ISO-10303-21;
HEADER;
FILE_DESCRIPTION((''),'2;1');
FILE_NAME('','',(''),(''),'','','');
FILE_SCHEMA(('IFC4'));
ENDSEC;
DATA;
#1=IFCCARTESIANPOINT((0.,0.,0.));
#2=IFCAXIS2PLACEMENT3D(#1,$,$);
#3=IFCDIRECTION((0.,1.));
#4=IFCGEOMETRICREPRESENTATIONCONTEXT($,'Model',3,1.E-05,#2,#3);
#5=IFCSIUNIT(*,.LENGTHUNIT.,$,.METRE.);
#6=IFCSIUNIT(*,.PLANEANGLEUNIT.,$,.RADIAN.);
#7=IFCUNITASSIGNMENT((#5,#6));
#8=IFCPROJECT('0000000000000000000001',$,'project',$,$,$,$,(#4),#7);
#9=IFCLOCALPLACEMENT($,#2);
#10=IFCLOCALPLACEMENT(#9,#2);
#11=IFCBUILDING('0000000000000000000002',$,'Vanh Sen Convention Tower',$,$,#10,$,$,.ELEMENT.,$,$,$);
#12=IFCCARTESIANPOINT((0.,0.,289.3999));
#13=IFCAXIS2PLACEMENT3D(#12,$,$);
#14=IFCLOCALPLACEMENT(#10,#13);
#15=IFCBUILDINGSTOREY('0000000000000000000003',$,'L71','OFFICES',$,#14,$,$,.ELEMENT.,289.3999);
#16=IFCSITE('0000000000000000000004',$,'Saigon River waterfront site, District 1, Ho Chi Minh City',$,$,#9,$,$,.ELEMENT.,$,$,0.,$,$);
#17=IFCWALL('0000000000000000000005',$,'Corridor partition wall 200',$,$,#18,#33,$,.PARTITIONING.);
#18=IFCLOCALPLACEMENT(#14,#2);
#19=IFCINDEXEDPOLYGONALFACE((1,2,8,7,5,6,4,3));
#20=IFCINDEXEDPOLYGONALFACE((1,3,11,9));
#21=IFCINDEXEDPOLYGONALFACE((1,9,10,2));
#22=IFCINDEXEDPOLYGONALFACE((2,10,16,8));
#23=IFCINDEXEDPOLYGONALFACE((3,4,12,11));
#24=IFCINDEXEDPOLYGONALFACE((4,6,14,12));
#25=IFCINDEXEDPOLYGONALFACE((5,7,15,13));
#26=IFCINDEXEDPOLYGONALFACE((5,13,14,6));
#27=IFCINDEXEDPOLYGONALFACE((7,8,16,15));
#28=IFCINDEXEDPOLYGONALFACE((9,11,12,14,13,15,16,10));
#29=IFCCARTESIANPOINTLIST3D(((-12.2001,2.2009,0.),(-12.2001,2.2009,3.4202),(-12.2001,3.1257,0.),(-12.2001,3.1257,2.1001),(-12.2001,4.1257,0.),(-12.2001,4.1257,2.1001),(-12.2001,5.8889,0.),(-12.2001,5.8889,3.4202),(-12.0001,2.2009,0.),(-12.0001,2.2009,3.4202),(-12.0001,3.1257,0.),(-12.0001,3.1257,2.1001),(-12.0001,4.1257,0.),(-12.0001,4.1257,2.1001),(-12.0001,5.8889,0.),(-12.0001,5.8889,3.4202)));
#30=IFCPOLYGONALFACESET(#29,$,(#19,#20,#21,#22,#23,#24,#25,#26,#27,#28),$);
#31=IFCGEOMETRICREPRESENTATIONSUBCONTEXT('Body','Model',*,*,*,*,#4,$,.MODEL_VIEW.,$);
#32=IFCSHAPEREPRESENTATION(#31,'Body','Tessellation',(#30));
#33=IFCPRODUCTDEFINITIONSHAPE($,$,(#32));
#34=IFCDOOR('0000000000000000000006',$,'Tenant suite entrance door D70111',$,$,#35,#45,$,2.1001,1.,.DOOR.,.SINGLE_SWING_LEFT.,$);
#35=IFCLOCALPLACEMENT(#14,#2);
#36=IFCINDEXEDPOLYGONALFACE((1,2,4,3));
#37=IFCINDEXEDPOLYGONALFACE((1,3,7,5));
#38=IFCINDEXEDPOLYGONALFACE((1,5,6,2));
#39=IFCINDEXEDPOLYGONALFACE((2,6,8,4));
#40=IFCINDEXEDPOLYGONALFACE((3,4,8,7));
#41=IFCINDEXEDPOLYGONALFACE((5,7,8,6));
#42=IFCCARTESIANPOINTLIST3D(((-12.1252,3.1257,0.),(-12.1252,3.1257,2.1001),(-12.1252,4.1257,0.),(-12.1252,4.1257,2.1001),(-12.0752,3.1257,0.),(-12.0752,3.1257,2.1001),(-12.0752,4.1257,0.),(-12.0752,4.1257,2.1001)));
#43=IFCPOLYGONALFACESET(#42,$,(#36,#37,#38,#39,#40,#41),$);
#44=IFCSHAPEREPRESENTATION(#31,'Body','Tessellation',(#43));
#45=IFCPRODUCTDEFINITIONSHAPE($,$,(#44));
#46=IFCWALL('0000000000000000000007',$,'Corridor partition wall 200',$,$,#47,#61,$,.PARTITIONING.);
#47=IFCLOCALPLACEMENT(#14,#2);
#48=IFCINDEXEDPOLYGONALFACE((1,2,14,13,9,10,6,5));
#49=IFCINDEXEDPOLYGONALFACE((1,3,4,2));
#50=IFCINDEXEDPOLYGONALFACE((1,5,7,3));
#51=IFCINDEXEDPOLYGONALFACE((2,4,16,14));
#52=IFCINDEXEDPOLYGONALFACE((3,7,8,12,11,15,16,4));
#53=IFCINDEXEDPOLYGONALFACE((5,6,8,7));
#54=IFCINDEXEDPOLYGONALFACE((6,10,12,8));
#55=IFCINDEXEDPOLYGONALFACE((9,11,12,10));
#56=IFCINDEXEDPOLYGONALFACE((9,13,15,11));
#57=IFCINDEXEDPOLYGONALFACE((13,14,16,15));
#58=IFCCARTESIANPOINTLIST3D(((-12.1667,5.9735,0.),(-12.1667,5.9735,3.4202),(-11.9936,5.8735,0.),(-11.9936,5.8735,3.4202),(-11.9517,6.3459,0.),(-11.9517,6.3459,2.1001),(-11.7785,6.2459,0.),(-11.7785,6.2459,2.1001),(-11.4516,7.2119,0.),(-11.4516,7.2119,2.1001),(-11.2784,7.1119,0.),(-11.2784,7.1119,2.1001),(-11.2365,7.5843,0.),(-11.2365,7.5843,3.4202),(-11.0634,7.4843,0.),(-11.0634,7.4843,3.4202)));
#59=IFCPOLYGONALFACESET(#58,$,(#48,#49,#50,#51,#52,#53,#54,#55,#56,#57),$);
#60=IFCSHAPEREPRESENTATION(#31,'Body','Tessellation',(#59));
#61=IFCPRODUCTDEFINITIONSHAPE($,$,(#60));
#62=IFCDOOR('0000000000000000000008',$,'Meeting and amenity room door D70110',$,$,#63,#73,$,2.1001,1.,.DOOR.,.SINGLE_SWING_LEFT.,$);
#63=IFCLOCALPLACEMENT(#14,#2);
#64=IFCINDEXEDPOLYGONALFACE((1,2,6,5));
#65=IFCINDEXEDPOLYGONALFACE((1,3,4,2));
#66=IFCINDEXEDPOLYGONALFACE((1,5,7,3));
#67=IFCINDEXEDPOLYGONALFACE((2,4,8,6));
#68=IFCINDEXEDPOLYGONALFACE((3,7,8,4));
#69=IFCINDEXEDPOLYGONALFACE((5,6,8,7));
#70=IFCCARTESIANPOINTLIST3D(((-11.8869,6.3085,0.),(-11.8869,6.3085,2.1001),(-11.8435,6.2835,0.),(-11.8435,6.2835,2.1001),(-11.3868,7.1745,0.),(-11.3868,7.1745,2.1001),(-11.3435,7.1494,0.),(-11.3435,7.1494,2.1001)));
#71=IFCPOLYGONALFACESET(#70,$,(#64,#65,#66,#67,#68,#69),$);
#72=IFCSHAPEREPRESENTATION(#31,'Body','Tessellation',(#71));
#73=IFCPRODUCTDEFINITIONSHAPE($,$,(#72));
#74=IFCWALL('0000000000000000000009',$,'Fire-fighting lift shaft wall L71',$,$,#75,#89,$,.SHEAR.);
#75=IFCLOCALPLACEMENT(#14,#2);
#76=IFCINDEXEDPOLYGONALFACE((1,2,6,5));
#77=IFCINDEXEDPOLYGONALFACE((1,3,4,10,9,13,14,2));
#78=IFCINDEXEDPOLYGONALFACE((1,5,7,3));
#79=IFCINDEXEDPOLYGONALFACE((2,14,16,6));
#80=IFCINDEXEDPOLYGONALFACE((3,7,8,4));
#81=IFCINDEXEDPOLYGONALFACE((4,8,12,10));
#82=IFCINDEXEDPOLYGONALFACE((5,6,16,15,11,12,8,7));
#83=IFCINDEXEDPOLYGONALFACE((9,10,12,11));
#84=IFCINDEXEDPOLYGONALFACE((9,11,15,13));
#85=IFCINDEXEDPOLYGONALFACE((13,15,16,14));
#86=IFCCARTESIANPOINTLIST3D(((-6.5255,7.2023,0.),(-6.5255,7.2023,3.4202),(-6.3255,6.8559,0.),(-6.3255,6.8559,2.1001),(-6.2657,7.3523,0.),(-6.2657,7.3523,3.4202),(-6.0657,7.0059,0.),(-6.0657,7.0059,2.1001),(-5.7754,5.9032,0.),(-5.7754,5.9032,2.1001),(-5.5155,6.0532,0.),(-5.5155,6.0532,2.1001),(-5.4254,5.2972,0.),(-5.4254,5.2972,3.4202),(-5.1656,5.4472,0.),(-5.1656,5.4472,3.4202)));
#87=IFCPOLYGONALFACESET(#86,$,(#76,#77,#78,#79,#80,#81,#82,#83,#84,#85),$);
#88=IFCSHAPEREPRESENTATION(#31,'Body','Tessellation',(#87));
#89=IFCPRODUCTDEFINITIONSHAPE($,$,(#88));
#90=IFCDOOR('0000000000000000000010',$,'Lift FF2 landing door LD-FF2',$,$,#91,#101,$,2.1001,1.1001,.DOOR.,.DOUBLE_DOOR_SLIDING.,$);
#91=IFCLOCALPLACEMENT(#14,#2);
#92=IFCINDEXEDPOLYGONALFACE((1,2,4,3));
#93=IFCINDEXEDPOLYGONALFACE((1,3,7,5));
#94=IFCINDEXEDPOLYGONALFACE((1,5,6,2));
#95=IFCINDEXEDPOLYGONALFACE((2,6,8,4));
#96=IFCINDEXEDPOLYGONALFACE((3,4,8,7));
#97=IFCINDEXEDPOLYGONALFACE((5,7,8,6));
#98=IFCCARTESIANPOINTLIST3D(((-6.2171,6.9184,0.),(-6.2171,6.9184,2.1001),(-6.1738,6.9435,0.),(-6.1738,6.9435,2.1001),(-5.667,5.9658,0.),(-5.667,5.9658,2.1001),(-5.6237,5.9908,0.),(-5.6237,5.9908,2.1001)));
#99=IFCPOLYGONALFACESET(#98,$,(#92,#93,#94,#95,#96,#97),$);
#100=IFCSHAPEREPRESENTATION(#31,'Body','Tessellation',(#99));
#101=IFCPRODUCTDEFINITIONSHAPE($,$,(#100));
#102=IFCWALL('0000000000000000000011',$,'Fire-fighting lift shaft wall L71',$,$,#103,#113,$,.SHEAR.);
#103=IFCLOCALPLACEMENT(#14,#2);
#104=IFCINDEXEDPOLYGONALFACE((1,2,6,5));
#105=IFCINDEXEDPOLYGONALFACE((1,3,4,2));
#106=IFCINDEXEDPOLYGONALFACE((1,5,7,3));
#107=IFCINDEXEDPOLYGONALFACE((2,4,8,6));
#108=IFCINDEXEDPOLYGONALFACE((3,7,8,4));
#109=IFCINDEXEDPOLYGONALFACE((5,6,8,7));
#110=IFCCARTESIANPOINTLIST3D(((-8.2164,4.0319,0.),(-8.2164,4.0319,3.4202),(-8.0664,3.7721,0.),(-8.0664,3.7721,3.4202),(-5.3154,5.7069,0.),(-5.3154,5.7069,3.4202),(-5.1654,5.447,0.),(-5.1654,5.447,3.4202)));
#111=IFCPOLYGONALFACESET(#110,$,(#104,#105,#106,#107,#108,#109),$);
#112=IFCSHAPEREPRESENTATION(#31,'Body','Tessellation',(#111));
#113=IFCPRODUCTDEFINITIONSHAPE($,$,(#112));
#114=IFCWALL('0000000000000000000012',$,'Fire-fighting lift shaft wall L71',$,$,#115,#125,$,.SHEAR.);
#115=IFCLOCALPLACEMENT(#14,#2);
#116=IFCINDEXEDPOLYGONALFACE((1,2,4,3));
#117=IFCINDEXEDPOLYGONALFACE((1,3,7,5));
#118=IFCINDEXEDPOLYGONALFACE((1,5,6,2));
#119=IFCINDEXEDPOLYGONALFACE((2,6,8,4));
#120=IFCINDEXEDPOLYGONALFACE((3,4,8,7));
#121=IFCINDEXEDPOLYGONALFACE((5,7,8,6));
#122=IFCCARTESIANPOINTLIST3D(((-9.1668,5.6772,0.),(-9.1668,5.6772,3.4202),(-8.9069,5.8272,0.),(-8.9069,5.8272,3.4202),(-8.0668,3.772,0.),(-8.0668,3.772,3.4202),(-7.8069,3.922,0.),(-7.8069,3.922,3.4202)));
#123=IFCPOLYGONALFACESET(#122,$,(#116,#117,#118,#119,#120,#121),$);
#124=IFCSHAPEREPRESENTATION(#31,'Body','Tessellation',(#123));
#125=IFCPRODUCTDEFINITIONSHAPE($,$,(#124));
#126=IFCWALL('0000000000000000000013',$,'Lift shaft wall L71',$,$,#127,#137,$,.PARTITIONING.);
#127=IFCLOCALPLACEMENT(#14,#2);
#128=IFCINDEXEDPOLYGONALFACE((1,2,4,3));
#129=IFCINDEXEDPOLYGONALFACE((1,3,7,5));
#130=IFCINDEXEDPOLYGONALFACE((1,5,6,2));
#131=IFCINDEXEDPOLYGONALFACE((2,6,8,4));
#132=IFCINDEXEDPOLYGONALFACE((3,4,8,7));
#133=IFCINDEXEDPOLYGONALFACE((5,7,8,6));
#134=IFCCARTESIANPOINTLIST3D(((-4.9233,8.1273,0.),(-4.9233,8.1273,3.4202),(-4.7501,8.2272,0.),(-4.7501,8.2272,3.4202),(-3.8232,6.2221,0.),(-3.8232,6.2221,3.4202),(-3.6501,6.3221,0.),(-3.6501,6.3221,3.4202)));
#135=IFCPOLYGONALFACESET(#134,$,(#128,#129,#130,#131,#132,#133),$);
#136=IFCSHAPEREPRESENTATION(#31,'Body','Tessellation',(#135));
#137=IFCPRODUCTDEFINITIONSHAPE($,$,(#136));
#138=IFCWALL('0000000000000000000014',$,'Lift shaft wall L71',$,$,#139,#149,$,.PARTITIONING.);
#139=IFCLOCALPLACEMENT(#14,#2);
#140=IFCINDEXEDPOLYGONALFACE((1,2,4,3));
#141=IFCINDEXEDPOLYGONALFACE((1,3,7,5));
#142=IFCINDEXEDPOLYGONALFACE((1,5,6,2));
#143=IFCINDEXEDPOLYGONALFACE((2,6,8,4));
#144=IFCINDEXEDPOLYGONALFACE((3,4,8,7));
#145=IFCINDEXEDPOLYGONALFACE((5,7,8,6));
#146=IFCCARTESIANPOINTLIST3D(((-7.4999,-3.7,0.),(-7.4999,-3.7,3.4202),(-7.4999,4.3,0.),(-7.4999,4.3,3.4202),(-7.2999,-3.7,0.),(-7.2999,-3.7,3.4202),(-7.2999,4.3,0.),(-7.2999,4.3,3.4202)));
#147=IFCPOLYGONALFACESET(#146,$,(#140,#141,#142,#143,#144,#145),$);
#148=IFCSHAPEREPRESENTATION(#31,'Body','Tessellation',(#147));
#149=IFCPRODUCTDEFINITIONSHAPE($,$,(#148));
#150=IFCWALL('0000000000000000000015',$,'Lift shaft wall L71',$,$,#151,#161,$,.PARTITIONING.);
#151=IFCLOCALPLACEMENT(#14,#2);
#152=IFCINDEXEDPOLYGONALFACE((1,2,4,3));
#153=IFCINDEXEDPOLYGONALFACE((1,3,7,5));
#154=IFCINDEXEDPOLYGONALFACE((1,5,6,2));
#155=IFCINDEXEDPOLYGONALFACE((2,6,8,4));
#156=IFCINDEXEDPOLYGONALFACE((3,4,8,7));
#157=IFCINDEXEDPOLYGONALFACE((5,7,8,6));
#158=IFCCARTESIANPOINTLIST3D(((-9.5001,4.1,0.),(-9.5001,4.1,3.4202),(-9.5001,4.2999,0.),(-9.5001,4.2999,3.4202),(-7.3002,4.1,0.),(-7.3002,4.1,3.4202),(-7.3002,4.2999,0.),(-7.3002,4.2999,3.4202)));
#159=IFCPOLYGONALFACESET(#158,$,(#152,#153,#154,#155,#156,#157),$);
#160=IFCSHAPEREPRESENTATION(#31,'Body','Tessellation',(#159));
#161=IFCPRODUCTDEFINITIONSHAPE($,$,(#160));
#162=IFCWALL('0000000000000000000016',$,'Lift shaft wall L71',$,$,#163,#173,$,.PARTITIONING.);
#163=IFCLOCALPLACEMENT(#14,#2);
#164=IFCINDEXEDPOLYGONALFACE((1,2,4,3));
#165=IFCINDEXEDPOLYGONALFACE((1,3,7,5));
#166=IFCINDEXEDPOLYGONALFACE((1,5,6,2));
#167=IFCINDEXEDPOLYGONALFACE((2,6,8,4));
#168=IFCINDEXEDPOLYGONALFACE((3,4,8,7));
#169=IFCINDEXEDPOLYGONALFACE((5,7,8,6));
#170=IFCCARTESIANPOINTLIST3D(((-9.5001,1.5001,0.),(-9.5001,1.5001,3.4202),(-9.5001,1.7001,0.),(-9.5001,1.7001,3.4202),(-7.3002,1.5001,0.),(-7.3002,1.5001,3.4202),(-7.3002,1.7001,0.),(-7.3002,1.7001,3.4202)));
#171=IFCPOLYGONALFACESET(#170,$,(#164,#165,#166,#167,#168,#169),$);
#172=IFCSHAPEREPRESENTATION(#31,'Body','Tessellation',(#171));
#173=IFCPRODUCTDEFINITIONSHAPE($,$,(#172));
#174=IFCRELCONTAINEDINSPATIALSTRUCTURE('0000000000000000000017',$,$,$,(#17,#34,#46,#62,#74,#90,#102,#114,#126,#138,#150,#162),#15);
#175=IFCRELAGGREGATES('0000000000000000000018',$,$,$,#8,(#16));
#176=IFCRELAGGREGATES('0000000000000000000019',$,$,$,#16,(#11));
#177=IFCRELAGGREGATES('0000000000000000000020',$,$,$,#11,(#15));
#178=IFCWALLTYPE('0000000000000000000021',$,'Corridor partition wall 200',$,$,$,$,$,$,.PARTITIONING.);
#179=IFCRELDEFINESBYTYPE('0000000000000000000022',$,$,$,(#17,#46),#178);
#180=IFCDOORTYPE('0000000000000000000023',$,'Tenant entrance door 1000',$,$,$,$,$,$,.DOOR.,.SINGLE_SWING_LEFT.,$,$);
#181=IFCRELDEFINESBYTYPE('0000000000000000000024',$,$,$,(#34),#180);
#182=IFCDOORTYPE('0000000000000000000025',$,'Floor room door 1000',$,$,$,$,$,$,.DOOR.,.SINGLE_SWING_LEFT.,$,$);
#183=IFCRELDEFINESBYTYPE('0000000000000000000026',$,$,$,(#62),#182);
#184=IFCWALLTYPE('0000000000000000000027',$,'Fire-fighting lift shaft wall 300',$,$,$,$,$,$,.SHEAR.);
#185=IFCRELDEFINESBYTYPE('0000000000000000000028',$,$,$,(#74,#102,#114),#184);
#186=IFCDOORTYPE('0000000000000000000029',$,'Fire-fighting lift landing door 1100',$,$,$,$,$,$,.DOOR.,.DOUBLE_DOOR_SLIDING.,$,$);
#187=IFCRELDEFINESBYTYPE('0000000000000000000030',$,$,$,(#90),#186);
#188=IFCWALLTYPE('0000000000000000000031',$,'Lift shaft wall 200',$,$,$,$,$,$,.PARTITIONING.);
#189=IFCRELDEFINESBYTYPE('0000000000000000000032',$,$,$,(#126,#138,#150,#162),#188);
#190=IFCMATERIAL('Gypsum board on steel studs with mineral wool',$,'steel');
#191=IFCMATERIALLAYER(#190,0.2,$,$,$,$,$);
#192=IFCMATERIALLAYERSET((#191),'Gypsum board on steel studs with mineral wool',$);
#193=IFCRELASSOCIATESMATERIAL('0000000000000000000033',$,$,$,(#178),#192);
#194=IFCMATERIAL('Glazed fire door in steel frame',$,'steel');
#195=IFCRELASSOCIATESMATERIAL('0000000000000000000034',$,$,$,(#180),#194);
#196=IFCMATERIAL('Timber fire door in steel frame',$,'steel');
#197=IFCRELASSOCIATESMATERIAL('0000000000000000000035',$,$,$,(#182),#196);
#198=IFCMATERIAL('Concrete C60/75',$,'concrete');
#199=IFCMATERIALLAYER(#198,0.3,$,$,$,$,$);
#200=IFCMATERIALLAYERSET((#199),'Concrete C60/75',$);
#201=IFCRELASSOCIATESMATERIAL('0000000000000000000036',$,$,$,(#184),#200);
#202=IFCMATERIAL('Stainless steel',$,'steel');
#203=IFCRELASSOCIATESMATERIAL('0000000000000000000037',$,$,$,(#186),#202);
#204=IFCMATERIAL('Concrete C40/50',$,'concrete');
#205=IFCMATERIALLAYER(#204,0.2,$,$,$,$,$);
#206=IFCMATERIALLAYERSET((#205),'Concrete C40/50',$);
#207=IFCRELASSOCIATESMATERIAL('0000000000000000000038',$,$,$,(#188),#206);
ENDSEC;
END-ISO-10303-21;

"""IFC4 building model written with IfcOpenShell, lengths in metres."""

from ifc_helpers import new_model, si_unit, direction, frame, frame_2d, origin, place, context, subcontext, project, spatial, rectangle, extrude, material, layer, layer_set, type_object, element, fill, save


model = new_model("IFC4")

# Units and contexts
model_context = context("Model", 3, precision=1e-05, world=origin(), true_north=direction((0.0, 1.0)))
body_context = subcontext(model_context, "Body", "Model", "MODEL_VIEW")
ifc_project = project(units=[si_unit("LENGTHUNIT", "METRE"), si_unit("PLANEANGLEUNIT", "RADIAN")], contexts=[model_context])

# Site, building, storey
site_placement = place(None, origin())
site = spatial("IfcSite", under=ifc_project, at=site_placement, Name="Saigon River waterfront site, District 1, Ho Chi Minh City", CompositionType="ELEMENT", RefElevation=0.0)
building_placement = place(site_placement, origin())
building = spatial("IfcBuilding", under=site, at=building_placement, Name="Vanh Sen Convention Tower", CompositionType="ELEMENT")
storey_placement = place(building_placement, frame((0.0, 0.0, 289.3999)))
storey = spatial("IfcBuildingStorey", under=building, at=storey_placement, Name="L71", Description="OFFICES", CompositionType="ELEMENT", Elevation=289.3999)

# Shared definitions
ifc_material_1 = material(Name="Concrete C40/50", Category="concrete")

# Shared definitions
ifc_material_2 = material(Name="Concrete C60/75", Category="concrete")
ifc_material_3 = material(Name="Stainless steel", Category="steel")

# Shared definitions
ifc_material_4 = material(Name="Gypsum board on steel studs with mineral wool", Category="steel")
ifc_layer_1 = layer(ifc_material_4, 0.2)
ifc_layer_set_1 = layer_set([ifc_layer_1], Name="Gypsum board on steel studs with mineral wool")
wall_type_1 = type_object("IfcWallType", Name="Corridor partition wall 200", PredefinedType="PARTITIONING", material=ifc_layer_set_1)

# Walls, openings, doors
wall_1_placement = place(storey_placement, frame((-12.1001, 5.8889, 0.0), z_axis=(0.0, 0.0, 1.0), x_axis=(0.0, -1.0, 0.0)))
wall_1 = element("IfcWall", 1, at=wall_1_placement, inside=storey, type_object=wall_type_1, Name="Corridor partition wall 200", PredefinedType="PARTITIONING", context=body_context, shape_type="SweptSolid", body=[
    extrude(rectangle(XDim=3.688, YDim=0.2, at=frame_2d((1.844, 0.0))), origin(), (0.0, 0.0, 1.0), 3.4202),
])
opening_1_placement = place(wall_1_placement, frame((1.7632, 0.0, 0.0)))
opening_1 = element("IfcOpeningElement", 2, at=opening_1_placement, cuts=wall_1, PredefinedType="OPENING", context=body_context, shape_type="SweptSolid", body=[
    extrude(rectangle(XDim=1.0, YDim=2.1001, at=frame_2d((0.5, 1.05))), frame((0.0, 0.1099, 0.0), z_axis=(0.0, -1.0, 0.0), x_axis=(1.0, 0.0, 0.0)), (0.0, 0.0, 1.0), 0.22),
])
ifc_material_5 = material(Name="Glazed fire door in steel frame", Category="steel")
door_type_1 = type_object("IfcDoorType", Name="Tenant entrance door 1000", OperationType="SINGLE_SWING_LEFT", PredefinedType="DOOR", material=ifc_material_5)
door_1_placement = place(opening_1_placement, origin())
door_1 = element("IfcDoor", 3, at=door_1_placement, inside=storey, type_object=door_type_1, Name="Tenant suite entrance door D70111", OperationType="SINGLE_SWING_LEFT", OverallHeight=2.1001, OverallWidth=1.0, PredefinedType="DOOR", context=body_context, shape_type="SweptSolid", body=[
    extrude(rectangle(XDim=1.0, YDim=2.1001, at=frame_2d((0.5, 1.05))), frame((0.0, 0.0249, 0.0), z_axis=(0.0, -1.0, 0.0), x_axis=(1.0, 0.0, 0.0)), (0.0, 0.0, 1.0), 0.05),
])
fill(opening_1, door_1)
wall_2_placement = place(storey_placement, frame((-11.1499, 7.5344, 0.0), z_axis=(0.0, 0.0, 1.0), x_axis=(-0.500063, -0.865989, 0.0)))
wall_2 = element("IfcWall", 4, at=wall_2_placement, inside=storey, type_object=wall_type_1, Name="Corridor partition wall 200", PredefinedType="PARTITIONING", context=body_context, shape_type="SweptSolid", body=[
    extrude(rectangle(XDim=1.8601, YDim=0.2, at=frame_2d((0.9302, 0.0))), origin(), (0.0, 0.0, 1.0), 3.4202),
])
opening_2_placement = place(wall_2_placement, frame((0.4302, 0.0, 0.0)))
opening_2 = element("IfcOpeningElement", 5, at=opening_2_placement, cuts=wall_2, PredefinedType="OPENING", context=body_context, shape_type="SweptSolid", body=[
    extrude(rectangle(XDim=1.0, YDim=2.1001, at=frame_2d((0.5, 1.05))), frame((0.0, 0.1099, 0.0), z_axis=(0.0, -1.0, 0.0), x_axis=(1.0, 0.0, 0.0)), (0.0, 0.0, 1.0), 0.22),
])
ifc_material_6 = material(Name="Timber fire door in steel frame", Category="steel")
door_type_2 = type_object("IfcDoorType", Name="Floor room door 1000", OperationType="SINGLE_SWING_LEFT", PredefinedType="DOOR", material=ifc_material_6)
door_2_placement = place(opening_2_placement, origin())
door_2 = element("IfcDoor", 6, at=door_2_placement, inside=storey, type_object=door_type_2, Name="Meeting and amenity room door D70110", OperationType="SINGLE_SWING_LEFT", OverallHeight=2.1001, OverallWidth=1.0, PredefinedType="DOOR", context=body_context, shape_type="SweptSolid", body=[
    extrude(rectangle(XDim=1.0, YDim=2.1001, at=frame_2d((0.5, 1.05))), frame((0.0, 0.0249, 0.0), z_axis=(0.0, -1.0, 0.0), x_axis=(1.0, 0.0, 0.0)), (0.0, 0.0, 1.0), 0.05),
])
fill(opening_2, door_2)
ifc_layer_2 = layer(ifc_material_2, 0.3)
ifc_layer_set_2 = layer_set([ifc_layer_2], Name="Concrete C60/75")
wall_type_2 = type_object("IfcWallType", Name="Fire-fighting lift shaft wall 300", PredefinedType="SHEAR", material=ifc_layer_set_2)
wall_3_placement = place(storey_placement, frame((-5.2954, 5.3721, 0.0), z_axis=(0.0, 0.0, 1.0), x_axis=(-0.500078, 0.86598, 0.0)))
wall_3 = element("IfcWall", 7, at=wall_3_placement, inside=storey, type_object=wall_type_2, Name="Fire-fighting lift shaft wall L71", PredefinedType="SHEAR", context=body_context, shape_type="SweptSolid", body=[
    extrude(rectangle(XDim=2.2, YDim=0.3, at=frame_2d((1.1001, 0.0))), origin(), (0.0, 0.0, 1.0), 3.4202),
])
opening_3_placement = place(wall_3_placement, frame((0.7, 0.0, 0.0)))
opening_3 = element("IfcOpeningElement", 8, at=opening_3_placement, cuts=wall_3, PredefinedType="OPENING", context=body_context, shape_type="SweptSolid", body=[
    extrude(rectangle(XDim=1.1001, YDim=2.1001, at=frame_2d((0.55, 1.05))), frame((0.0, 0.1599, 0.0), z_axis=(0.0, -1.0, 0.0), x_axis=(1.0, 0.0, 0.0)), (0.0, 0.0, 1.0), 0.3201),
])
door_type_3 = type_object("IfcDoorType", Name="Fire-fighting lift landing door 1100", OperationType="DOUBLE_DOOR_SLIDING", PredefinedType="DOOR", material=ifc_material_3)
door_3_placement = place(opening_3_placement, origin())
door_3 = element("IfcDoor", 9, at=door_3_placement, inside=storey, type_object=door_type_3, Name="Lift FF2 landing door LD-FF2", OperationType="DOUBLE_DOOR_SLIDING", OverallHeight=2.1001, OverallWidth=1.1001, PredefinedType="DOOR", context=body_context, shape_type="SweptSolid", body=[
    extrude(rectangle(XDim=1.1001, YDim=2.1001, at=frame_2d((0.55, 1.05))), frame((0.0, 0.0249, 0.0), z_axis=(0.0, -1.0, 0.0), x_axis=(1.0, 0.0, 0.0)), (0.0, 0.0, 1.0), 0.05),
])
fill(opening_3, door_3)

# Walls
wall_4_placement = place(storey_placement, frame((-5.2405, 5.5769, 0.0), z_axis=(0.0, 0.0, 1.0), x_axis=(-0.866014, -0.500019, 0.0)))
element("IfcWall", 10, at=wall_4_placement, inside=storey, type_object=wall_type_2, Name="Fire-fighting lift shaft wall L71", PredefinedType="SHEAR", context=body_context, shape_type="SweptSolid", body=[
    extrude(rectangle(XDim=3.3499, YDim=0.3, at=frame_2d((1.6748, 0.0))), origin(), (0.0, 0.0, 1.0), 3.4202),
])
wall_5_placement = place(storey_placement, frame((-7.9368, 3.8469, 0.0), z_axis=(0.0, 0.0, 1.0), x_axis=(-0.50003, 0.866008, 0.0)))
element("IfcWall", 11, at=wall_5_placement, inside=storey, type_object=wall_type_2, Name="Fire-fighting lift shaft wall L71", PredefinedType="SHEAR", context=body_context, shape_type="SweptSolid", body=[
    extrude(rectangle(XDim=2.2, YDim=0.3, at=frame_2d((1.1001, 0.0))), origin(), (0.0, 0.0, 1.0), 3.4202),
])
ifc_layer_3 = layer(ifc_material_1, 0.2)
ifc_layer_set_3 = layer_set([ifc_layer_3], Name="Concrete C40/50")
wall_type_3 = type_object("IfcWallType", Name="Lift shaft wall 200", PredefinedType="PARTITIONING", material=ifc_layer_set_3)
wall_6_placement = place(storey_placement, frame((-3.7366, 6.272, 0.0), z_axis=(0.0, 0.0, 1.0), x_axis=(-0.50003, 0.866008, 0.0)))
element("IfcWall", 12, at=wall_6_placement, inside=storey, type_object=wall_type_3, Name="Lift shaft wall L71", PredefinedType="PARTITIONING", context=body_context, shape_type="SweptSolid", body=[
    extrude(rectangle(XDim=2.2, YDim=0.2, at=frame_2d((1.1001, 0.0))), origin(), (0.0, 0.0, 1.0), 3.4202),
])
wall_7_placement = place(storey_placement, frame((-7.3999, 4.3, 0.0), z_axis=(0.0, 0.0, 1.0), x_axis=(0.0, -1.0, 0.0)))
element("IfcWall", 13, at=wall_7_placement, inside=storey, type_object=wall_type_3, Name="Lift shaft wall L71", PredefinedType="PARTITIONING", context=body_context, shape_type="SweptSolid", body=[
    extrude(rectangle(XDim=8.0, YDim=0.2, at=frame_2d((4.0, 0.0))), origin(), (0.0, 0.0, 1.0), 3.4202),
])
for number, where, z_axis, x_axis, name in (
    (14, (-7.3, 4.2, 0.0), (0.0, 0.0, 1.0), (-1.0, 0.0, 0.0), "Lift shaft wall L71"),
    (15, (-7.3, 1.6001, 0.0), (0.0, 0.0, 1.0), (-1.0, 0.0, 0.0), "Lift shaft wall L71"),
):
    element("IfcWall", number, at=place(storey_placement, frame(where, z_axis=z_axis, x_axis=x_axis)), inside=storey, type_object=wall_type_3, Name=name, PredefinedType="PARTITIONING", context=body_context, shape_type="SweptSolid", body=[
        extrude(rectangle(XDim=2.2, YDim=0.2, at=frame_2d((1.1001, 0.0))), origin(), (0.0, 0.0, 1.0), 3.4202),
    ])

save(model, "model.ifc")
